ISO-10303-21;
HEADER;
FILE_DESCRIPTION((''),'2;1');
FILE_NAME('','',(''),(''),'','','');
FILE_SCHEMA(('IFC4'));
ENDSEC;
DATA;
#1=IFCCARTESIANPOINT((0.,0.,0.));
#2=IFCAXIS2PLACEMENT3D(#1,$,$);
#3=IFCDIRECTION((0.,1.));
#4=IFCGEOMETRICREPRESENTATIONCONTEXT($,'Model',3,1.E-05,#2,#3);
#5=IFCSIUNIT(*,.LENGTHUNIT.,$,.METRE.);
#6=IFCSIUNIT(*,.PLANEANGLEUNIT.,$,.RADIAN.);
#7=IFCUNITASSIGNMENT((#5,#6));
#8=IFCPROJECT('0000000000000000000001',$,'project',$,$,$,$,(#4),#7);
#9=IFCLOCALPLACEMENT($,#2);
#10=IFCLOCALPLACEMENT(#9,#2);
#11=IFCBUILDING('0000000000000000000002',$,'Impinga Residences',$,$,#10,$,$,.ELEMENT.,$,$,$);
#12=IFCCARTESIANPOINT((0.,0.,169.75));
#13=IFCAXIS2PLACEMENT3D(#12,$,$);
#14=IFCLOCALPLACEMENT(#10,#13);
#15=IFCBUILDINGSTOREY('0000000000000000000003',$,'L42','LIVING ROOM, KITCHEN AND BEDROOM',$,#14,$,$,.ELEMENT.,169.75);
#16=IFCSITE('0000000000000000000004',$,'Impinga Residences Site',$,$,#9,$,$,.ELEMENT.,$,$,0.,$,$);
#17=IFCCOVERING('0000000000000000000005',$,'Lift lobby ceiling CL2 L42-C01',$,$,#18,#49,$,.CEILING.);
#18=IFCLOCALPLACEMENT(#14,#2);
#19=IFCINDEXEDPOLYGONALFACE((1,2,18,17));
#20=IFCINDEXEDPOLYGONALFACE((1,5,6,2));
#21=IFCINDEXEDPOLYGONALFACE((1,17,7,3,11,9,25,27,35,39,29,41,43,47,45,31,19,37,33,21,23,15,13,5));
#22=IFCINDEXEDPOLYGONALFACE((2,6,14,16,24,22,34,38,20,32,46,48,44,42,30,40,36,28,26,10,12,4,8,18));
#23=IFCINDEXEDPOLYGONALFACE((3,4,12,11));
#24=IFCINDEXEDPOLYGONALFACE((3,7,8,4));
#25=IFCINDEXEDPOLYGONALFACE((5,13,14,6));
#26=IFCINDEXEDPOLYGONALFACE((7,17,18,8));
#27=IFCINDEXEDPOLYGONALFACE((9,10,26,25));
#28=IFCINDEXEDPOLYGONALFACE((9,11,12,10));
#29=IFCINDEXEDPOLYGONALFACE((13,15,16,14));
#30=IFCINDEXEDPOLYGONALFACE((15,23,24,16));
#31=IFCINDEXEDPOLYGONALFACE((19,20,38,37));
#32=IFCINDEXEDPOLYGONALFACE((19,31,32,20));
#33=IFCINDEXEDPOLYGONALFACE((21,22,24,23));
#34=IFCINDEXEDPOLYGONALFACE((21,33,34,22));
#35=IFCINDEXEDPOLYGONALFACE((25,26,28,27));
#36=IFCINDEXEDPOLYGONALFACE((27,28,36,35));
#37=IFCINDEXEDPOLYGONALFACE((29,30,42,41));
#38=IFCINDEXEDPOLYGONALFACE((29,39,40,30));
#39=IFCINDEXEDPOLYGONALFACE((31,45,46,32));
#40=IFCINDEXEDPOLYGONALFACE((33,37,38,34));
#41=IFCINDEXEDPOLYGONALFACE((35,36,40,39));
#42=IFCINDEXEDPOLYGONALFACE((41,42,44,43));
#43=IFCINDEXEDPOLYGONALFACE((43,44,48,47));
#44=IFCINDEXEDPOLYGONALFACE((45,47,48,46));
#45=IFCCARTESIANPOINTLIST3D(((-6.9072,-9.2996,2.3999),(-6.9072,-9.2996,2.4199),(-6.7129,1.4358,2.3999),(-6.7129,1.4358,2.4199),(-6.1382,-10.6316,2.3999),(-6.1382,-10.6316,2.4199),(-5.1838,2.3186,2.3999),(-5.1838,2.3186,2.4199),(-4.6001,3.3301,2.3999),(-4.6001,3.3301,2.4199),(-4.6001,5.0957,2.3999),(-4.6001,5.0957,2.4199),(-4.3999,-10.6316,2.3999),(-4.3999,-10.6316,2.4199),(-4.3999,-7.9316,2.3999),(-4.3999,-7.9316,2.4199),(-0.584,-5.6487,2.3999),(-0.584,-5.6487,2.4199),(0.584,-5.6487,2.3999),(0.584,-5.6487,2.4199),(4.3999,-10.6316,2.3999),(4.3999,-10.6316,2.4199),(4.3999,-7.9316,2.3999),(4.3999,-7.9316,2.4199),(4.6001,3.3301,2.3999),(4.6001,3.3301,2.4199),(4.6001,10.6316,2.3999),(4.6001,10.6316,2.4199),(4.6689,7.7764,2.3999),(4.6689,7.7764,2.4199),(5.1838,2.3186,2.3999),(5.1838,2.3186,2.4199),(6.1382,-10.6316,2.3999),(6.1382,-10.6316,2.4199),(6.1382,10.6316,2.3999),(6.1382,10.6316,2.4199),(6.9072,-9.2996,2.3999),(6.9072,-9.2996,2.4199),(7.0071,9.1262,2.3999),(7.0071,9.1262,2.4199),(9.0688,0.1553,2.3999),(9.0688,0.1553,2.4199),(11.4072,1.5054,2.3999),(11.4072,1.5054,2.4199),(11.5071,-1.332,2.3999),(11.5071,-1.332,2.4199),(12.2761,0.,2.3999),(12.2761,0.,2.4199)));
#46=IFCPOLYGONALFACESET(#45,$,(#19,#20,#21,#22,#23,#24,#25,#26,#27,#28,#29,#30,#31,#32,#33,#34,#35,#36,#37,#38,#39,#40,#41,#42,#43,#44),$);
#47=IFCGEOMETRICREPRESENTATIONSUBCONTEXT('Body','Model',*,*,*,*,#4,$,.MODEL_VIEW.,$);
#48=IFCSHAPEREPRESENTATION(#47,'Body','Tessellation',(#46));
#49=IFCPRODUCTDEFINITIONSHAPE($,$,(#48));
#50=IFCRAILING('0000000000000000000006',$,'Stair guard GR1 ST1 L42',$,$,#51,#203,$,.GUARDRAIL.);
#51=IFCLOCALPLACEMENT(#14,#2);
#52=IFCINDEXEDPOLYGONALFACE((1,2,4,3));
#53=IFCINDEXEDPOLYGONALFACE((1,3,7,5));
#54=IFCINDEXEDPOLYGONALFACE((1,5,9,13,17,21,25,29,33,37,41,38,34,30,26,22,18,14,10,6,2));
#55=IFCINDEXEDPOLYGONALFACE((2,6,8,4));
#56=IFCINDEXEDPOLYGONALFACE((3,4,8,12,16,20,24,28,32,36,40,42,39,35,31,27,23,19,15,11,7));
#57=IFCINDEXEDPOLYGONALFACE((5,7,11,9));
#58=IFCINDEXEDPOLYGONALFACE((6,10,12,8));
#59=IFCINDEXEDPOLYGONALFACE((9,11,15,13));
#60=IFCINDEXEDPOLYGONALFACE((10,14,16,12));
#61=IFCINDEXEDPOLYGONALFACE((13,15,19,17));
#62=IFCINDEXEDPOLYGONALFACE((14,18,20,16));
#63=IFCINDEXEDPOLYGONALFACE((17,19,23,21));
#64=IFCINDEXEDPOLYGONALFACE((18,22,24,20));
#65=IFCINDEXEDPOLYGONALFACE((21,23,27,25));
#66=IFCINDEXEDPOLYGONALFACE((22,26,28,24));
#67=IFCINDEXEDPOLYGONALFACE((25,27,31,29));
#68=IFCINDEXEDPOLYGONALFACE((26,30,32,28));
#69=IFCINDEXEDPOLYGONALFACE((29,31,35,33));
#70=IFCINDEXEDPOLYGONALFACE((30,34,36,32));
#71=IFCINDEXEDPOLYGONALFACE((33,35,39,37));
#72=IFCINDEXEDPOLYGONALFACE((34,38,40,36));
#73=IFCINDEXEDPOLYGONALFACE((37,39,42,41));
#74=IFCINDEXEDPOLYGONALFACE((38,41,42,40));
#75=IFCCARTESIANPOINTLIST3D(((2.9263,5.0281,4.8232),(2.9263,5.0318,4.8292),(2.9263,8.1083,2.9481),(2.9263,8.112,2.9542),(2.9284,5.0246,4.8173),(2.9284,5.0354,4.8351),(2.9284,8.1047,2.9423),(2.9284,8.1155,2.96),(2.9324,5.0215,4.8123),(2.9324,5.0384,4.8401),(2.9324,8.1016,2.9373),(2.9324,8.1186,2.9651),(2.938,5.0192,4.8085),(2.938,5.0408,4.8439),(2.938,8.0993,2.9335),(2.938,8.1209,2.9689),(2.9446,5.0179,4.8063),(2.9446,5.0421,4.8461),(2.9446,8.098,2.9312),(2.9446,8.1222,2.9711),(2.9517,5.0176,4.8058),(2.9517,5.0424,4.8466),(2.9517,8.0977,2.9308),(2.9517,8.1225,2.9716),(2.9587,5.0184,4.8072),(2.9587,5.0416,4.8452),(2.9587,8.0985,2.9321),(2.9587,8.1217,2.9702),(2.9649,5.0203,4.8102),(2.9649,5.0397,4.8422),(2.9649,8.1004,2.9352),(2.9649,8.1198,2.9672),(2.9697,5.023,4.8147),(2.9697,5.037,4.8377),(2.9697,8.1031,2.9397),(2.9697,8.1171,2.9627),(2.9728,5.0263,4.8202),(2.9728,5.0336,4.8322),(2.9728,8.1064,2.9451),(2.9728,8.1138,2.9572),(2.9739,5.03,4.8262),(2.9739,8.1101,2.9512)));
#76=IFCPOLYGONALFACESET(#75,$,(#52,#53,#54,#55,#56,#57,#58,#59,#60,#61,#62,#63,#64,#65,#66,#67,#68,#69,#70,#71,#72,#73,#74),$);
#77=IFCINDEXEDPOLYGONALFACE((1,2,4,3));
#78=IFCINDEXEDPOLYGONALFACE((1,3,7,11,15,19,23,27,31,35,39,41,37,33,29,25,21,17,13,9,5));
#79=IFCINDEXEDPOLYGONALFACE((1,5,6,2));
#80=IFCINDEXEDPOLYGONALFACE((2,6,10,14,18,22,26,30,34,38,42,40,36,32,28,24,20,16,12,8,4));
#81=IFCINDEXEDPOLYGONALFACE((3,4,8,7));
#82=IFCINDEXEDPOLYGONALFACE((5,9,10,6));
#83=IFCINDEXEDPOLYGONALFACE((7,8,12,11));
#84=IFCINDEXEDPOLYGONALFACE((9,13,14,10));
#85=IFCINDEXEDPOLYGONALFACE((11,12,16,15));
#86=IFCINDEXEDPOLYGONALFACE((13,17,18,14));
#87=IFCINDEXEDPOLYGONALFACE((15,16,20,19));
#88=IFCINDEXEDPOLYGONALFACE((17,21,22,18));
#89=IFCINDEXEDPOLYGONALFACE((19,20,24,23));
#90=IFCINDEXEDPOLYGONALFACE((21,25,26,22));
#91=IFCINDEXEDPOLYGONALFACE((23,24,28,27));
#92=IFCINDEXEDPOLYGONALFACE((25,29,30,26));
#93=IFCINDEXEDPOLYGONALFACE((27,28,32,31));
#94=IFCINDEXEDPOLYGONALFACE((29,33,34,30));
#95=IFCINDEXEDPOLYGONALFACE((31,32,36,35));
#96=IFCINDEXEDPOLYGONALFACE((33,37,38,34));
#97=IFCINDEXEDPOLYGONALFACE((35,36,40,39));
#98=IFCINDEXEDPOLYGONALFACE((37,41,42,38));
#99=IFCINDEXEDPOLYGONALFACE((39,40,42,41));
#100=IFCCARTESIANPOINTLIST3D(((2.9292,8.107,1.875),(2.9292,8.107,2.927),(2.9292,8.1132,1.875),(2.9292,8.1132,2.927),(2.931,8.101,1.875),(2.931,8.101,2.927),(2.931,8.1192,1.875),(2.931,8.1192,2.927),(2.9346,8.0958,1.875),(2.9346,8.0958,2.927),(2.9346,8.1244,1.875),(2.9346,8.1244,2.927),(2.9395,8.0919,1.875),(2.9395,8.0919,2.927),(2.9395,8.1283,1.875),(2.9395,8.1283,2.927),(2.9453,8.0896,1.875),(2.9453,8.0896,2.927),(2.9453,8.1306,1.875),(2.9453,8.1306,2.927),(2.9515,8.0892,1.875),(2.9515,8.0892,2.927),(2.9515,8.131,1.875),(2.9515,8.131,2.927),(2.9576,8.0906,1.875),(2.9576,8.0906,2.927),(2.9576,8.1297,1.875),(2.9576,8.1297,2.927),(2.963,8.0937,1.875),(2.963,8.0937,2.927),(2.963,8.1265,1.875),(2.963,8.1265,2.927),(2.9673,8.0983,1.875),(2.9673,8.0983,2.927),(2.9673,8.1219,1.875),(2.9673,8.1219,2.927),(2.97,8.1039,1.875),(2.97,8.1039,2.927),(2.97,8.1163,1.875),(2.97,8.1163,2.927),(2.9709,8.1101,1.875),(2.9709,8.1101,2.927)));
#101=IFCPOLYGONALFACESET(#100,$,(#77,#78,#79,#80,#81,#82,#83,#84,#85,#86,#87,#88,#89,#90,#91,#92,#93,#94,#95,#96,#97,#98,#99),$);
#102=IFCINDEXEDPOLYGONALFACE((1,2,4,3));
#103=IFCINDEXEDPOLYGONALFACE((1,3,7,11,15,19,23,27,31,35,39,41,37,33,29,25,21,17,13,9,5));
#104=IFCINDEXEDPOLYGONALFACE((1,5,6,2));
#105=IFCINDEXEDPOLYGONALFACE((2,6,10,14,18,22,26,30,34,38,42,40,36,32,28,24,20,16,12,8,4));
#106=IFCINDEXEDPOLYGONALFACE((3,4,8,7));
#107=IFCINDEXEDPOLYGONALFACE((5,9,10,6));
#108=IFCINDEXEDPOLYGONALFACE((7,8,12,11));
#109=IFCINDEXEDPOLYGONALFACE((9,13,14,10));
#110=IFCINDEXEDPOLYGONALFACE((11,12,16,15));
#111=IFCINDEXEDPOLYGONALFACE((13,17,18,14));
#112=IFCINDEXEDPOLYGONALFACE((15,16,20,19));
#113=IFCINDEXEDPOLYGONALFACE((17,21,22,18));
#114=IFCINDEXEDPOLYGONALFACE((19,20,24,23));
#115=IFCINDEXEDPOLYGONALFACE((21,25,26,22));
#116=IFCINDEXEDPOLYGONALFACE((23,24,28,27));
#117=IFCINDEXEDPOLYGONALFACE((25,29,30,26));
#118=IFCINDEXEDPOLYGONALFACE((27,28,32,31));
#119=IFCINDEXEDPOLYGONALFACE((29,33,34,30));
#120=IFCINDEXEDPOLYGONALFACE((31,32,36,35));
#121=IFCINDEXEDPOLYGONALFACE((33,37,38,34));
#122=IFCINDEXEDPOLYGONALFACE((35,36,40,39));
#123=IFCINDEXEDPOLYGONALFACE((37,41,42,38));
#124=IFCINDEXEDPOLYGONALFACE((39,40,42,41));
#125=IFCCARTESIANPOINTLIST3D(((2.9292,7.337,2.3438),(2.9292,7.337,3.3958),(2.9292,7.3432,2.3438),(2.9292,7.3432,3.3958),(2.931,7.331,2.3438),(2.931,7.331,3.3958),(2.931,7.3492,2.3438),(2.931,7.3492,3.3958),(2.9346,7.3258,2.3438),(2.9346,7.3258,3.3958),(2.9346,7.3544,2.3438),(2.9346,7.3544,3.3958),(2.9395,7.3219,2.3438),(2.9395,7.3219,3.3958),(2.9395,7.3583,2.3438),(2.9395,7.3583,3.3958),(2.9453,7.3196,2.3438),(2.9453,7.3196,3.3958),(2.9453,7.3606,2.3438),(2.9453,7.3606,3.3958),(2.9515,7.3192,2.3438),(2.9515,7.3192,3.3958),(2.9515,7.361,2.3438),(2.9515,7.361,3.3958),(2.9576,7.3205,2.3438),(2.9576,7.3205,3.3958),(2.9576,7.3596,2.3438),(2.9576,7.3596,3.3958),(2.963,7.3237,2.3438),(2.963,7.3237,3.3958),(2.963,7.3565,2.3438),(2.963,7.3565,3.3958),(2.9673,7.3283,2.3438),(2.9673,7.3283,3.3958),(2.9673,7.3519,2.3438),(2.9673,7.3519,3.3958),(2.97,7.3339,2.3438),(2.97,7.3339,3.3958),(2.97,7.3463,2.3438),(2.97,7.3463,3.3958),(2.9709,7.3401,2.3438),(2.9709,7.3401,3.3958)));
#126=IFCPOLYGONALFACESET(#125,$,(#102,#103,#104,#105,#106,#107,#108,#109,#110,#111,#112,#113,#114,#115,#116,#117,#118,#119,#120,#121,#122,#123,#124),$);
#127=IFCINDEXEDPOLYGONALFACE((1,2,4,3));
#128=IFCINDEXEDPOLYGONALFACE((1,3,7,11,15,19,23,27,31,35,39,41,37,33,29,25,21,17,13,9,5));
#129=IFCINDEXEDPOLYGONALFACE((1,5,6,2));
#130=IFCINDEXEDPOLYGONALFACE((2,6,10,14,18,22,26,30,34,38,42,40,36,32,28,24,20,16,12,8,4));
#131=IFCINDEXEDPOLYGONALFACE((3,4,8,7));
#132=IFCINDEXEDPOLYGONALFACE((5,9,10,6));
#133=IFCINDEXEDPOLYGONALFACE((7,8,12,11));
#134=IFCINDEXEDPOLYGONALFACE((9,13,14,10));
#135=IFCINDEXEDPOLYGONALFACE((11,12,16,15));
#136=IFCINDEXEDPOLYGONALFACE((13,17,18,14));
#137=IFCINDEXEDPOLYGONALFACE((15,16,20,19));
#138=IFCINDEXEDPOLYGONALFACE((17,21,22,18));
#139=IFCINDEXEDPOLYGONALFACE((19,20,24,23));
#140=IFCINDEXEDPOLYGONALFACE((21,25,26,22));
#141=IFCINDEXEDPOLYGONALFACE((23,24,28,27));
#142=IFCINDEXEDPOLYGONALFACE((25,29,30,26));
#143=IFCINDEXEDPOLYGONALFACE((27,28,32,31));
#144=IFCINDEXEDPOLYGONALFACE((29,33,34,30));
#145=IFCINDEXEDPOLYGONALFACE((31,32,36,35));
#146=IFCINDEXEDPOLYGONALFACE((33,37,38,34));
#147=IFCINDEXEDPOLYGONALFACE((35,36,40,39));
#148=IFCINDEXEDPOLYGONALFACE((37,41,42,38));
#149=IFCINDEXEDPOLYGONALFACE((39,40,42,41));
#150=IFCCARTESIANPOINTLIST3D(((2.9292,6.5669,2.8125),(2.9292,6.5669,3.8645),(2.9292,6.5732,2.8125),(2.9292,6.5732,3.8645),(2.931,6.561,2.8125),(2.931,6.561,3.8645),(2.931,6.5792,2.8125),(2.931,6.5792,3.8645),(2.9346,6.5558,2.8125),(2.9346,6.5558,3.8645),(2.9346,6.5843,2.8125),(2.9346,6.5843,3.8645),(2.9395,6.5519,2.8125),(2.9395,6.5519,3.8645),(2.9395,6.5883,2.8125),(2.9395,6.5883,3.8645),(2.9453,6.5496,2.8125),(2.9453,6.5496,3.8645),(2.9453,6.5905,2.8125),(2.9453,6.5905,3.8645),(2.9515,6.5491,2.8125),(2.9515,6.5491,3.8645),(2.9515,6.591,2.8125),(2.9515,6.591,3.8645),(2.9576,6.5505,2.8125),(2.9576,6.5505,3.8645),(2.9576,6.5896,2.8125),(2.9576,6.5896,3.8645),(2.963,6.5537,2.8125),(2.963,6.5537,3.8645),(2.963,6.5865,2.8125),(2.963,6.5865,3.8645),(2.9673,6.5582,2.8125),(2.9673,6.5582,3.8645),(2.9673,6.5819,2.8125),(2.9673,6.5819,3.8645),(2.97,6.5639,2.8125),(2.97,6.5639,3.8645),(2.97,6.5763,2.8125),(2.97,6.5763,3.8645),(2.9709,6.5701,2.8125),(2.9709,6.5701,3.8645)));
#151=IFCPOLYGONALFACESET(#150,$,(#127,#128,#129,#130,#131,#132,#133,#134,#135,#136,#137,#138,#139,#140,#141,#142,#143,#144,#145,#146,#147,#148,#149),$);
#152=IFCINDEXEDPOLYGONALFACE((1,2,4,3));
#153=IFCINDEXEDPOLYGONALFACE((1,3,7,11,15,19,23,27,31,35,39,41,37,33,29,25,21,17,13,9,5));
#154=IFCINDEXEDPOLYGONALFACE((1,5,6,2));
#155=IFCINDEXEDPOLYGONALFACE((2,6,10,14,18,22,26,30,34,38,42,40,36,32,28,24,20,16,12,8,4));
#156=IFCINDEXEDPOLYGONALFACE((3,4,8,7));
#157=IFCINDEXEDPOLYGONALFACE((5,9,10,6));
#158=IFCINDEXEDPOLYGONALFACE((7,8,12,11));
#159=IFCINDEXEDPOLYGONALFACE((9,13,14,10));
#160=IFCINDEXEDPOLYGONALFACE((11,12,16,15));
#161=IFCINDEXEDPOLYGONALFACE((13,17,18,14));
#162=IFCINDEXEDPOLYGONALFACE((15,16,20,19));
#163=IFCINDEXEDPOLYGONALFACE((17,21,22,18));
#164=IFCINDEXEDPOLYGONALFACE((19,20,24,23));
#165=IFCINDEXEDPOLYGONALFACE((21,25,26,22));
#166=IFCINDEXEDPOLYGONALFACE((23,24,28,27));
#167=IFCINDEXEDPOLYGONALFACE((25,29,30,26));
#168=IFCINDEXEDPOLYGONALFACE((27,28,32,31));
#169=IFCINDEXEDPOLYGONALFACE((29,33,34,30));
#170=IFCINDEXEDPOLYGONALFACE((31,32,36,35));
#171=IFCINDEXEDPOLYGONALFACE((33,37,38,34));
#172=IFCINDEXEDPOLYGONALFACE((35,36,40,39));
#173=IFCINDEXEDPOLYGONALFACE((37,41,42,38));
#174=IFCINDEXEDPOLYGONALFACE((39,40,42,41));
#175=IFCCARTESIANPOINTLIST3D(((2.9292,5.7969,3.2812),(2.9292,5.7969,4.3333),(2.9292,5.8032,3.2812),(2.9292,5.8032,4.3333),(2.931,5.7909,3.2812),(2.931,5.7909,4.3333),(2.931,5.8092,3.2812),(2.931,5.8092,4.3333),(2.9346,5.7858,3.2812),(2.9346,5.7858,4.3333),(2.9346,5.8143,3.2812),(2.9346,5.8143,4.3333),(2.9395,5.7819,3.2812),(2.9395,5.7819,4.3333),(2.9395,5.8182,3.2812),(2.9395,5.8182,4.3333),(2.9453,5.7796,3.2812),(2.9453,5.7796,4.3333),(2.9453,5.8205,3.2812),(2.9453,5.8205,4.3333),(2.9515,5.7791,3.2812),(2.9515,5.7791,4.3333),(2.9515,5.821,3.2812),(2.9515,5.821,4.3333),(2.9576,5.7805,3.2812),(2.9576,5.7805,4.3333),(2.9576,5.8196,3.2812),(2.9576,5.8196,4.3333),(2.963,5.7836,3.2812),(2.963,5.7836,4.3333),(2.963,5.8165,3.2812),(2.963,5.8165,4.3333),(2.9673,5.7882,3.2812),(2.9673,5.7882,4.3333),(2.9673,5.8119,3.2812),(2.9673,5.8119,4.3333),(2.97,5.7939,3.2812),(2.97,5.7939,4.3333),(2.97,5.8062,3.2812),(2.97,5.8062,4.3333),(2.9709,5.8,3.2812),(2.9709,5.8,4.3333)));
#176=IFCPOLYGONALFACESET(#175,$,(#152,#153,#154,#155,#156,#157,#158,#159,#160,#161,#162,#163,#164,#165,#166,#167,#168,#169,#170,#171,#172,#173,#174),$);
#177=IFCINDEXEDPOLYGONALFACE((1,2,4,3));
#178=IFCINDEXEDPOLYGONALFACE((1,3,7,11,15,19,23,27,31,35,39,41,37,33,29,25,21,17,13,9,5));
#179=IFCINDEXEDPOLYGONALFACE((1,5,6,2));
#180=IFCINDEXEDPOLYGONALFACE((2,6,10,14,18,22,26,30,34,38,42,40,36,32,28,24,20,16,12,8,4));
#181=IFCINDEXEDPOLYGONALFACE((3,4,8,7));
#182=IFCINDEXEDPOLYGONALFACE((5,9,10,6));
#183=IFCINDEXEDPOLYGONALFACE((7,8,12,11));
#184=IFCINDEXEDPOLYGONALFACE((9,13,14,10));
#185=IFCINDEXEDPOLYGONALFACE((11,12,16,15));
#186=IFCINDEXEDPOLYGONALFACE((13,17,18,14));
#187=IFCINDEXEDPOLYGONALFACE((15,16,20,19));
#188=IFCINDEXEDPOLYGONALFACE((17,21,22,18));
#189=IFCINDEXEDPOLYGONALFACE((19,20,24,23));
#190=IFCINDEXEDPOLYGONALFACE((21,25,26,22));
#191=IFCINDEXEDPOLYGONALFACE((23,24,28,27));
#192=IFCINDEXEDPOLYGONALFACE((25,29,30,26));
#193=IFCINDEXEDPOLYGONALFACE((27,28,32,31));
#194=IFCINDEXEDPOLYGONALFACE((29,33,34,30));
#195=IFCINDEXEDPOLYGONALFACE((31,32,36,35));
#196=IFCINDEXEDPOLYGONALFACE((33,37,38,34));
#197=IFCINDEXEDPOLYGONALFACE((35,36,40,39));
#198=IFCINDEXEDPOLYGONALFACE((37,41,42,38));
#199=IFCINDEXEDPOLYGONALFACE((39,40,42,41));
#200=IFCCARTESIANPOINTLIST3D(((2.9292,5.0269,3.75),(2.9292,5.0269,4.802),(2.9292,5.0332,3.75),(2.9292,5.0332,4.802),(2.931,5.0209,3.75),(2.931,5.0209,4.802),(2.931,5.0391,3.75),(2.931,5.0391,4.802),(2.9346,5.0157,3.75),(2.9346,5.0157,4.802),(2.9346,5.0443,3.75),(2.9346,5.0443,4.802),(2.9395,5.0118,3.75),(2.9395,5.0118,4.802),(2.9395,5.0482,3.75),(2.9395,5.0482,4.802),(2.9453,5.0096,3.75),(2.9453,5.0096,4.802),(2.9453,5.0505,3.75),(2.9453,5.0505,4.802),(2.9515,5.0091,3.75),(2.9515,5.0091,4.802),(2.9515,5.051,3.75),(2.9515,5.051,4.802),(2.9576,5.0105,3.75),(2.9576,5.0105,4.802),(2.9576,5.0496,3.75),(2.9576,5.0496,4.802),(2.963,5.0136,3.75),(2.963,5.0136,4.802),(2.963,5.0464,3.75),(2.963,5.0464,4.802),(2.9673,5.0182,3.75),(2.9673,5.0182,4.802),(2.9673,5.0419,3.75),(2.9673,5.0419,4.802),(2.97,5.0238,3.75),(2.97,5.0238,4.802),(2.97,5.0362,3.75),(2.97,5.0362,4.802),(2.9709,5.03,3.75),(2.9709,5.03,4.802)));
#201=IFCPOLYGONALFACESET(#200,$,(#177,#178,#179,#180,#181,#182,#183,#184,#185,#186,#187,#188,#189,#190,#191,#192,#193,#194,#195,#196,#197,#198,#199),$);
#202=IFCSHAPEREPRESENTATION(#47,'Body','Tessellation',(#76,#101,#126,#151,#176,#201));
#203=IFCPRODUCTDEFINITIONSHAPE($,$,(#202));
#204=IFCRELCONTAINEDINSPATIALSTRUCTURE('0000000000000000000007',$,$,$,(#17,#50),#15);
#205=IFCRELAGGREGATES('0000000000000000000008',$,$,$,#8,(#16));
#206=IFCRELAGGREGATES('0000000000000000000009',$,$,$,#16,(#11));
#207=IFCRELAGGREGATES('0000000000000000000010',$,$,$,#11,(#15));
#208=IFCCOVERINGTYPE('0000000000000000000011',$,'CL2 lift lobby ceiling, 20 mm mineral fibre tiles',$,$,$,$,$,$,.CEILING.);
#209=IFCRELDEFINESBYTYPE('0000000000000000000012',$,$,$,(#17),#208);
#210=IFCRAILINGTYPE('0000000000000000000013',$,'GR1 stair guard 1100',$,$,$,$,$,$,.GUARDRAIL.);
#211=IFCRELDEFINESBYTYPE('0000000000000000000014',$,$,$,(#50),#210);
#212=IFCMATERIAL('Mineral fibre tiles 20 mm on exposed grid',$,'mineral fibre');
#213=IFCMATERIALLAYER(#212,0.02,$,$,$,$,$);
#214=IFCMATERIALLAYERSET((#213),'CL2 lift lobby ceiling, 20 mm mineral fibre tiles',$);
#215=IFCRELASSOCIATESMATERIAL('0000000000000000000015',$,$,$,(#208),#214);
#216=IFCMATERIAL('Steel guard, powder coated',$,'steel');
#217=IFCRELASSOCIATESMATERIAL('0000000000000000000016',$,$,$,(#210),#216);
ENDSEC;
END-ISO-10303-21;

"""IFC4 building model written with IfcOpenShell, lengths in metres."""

from ifc_helpers import new_model, si_unit, direction, frame, origin, origin_2d, place, context, subcontext, project, spatial, polyline, circle, outline, extrude, material, layer, layer_set, type_object, element, save


model = new_model("IFC4")

# Units and contexts
model_context = context("Model", 3, precision=1e-05, world=origin(), true_north=direction((0.0, 1.0)))
body_context = subcontext(model_context, "Body", "Model", "MODEL_VIEW")
ifc_project = project(units=[si_unit("LENGTHUNIT", "METRE"), si_unit("PLANEANGLEUNIT", "RADIAN")], contexts=[model_context])

# Site, building, storey
site_placement = place(None, origin())
site = spatial("IfcSite", under=ifc_project, at=site_placement, Name="Impinga Residences Site", CompositionType="ELEMENT", RefElevation=0.0)
building_placement = place(site_placement, origin())
building = spatial("IfcBuilding", under=site, at=building_placement, Name="Impinga Residences", CompositionType="ELEMENT")
storey_placement = place(building_placement, frame((0.0, 0.0, 169.75)))
storey = spatial("IfcBuildingStorey", under=building, at=storey_placement, Name="L42", Description="LIVING ROOM, KITCHEN AND BEDROOM", CompositionType="ELEMENT", Elevation=169.75)

# Covering
ifc_material_1 = material(Name="Mineral fibre tiles 20 mm on exposed grid", Category="mineral fibre")
ifc_layer_1 = layer(ifc_material_1, 0.02)
ifc_layer_set_1 = layer_set([ifc_layer_1], Name="CL2 lift lobby ceiling, 20 mm mineral fibre tiles")
covering_type_1 = type_object("IfcCoveringType", Name="CL2 lift lobby ceiling, 20 mm mineral fibre tiles", PredefinedType="CEILING", material=ifc_layer_set_1)
covering_1_placement = place(storey_placement, frame((0.0, 0.0, 2.3999)))
element("IfcCovering", 1, at=covering_1_placement, inside=storey, type_object=covering_type_1, Name="Lift lobby ceiling CL2 L42-C01", PredefinedType="CEILING", context=body_context, shape_type="SweptSolid", body=[
    extrude(outline(polyline([(5.1838, 2.3186), (0.584, -5.6487), (6.9072, -9.2996), (6.1382, -10.6316), (4.3999, -10.6316), (4.3999, -7.9316), (-4.3999, -7.9316), (-4.3999, -10.6316), (-6.1382, -10.6316), (-6.9072, -9.2996), (-0.584, -5.6487), (-5.1838, 2.3186), (-6.7129, 1.4358), (-4.6001, 5.0957), (-4.6001, 3.3301), (4.6001, 3.3301), (4.6001, 10.6316), (6.1382, 10.6316), (7.0071, 9.1262), (4.6689, 7.7764), (9.0688, 0.1553), (11.4072, 1.5054), (12.2761, 0.0), (11.5071, -1.332), (5.1838, 2.3186)])), origin(), (0.0, 0.0, 1.0), 0.02),
])

# Railing
ifc_material_2 = material(Name="Steel guard, powder coated", Category="steel")
railing_type_1 = type_object("IfcRailingType", Name="GR1 stair guard 1100", PredefinedType="GUARDRAIL", material=ifc_material_2)
railing_1_placement = place(storey_placement, frame((2.95, 8.1101, 1.875)))
element("IfcRailing", 2, at=railing_1_placement, inside=storey, type_object=railing_type_1, Name="Stair guard GR1 ST1 L42", PredefinedType="GUARDRAIL", context=body_context, shape_type="SweptSolid", body=[
    extrude(circle(Radius=0.0239, at=origin_2d()), frame((0.0, 0.0, 1.0762), z_axis=(0.0, -0.854178, 0.519981), x_axis=(1.0, 0.0, 0.0)), (0.0, 0.0, 1.0), 3.606),
    extrude(circle(Radius=0.021, at=origin_2d()), origin(), (0.0, 0.0, 1.0), 1.052),
    extrude(circle(Radius=0.021, at=origin_2d()), frame((0.0, -0.77, 0.4688)), (0.0, 0.0, 1.0), 1.052),
    extrude(circle(Radius=0.021, at=origin_2d()), frame((0.0, -1.54, 0.9375)), (0.0, 0.0, 1.0), 1.052),
    extrude(circle(Radius=0.021, at=origin_2d()), frame((0.0, -2.3101, 1.4062)), (0.0, 0.0, 1.0), 1.052),
    extrude(circle(Radius=0.021, at=origin_2d()), frame((0.0, -3.0801, 1.875)), (0.0, 0.0, 1.0), 1.052),
])

save(model, "model.ifc")
